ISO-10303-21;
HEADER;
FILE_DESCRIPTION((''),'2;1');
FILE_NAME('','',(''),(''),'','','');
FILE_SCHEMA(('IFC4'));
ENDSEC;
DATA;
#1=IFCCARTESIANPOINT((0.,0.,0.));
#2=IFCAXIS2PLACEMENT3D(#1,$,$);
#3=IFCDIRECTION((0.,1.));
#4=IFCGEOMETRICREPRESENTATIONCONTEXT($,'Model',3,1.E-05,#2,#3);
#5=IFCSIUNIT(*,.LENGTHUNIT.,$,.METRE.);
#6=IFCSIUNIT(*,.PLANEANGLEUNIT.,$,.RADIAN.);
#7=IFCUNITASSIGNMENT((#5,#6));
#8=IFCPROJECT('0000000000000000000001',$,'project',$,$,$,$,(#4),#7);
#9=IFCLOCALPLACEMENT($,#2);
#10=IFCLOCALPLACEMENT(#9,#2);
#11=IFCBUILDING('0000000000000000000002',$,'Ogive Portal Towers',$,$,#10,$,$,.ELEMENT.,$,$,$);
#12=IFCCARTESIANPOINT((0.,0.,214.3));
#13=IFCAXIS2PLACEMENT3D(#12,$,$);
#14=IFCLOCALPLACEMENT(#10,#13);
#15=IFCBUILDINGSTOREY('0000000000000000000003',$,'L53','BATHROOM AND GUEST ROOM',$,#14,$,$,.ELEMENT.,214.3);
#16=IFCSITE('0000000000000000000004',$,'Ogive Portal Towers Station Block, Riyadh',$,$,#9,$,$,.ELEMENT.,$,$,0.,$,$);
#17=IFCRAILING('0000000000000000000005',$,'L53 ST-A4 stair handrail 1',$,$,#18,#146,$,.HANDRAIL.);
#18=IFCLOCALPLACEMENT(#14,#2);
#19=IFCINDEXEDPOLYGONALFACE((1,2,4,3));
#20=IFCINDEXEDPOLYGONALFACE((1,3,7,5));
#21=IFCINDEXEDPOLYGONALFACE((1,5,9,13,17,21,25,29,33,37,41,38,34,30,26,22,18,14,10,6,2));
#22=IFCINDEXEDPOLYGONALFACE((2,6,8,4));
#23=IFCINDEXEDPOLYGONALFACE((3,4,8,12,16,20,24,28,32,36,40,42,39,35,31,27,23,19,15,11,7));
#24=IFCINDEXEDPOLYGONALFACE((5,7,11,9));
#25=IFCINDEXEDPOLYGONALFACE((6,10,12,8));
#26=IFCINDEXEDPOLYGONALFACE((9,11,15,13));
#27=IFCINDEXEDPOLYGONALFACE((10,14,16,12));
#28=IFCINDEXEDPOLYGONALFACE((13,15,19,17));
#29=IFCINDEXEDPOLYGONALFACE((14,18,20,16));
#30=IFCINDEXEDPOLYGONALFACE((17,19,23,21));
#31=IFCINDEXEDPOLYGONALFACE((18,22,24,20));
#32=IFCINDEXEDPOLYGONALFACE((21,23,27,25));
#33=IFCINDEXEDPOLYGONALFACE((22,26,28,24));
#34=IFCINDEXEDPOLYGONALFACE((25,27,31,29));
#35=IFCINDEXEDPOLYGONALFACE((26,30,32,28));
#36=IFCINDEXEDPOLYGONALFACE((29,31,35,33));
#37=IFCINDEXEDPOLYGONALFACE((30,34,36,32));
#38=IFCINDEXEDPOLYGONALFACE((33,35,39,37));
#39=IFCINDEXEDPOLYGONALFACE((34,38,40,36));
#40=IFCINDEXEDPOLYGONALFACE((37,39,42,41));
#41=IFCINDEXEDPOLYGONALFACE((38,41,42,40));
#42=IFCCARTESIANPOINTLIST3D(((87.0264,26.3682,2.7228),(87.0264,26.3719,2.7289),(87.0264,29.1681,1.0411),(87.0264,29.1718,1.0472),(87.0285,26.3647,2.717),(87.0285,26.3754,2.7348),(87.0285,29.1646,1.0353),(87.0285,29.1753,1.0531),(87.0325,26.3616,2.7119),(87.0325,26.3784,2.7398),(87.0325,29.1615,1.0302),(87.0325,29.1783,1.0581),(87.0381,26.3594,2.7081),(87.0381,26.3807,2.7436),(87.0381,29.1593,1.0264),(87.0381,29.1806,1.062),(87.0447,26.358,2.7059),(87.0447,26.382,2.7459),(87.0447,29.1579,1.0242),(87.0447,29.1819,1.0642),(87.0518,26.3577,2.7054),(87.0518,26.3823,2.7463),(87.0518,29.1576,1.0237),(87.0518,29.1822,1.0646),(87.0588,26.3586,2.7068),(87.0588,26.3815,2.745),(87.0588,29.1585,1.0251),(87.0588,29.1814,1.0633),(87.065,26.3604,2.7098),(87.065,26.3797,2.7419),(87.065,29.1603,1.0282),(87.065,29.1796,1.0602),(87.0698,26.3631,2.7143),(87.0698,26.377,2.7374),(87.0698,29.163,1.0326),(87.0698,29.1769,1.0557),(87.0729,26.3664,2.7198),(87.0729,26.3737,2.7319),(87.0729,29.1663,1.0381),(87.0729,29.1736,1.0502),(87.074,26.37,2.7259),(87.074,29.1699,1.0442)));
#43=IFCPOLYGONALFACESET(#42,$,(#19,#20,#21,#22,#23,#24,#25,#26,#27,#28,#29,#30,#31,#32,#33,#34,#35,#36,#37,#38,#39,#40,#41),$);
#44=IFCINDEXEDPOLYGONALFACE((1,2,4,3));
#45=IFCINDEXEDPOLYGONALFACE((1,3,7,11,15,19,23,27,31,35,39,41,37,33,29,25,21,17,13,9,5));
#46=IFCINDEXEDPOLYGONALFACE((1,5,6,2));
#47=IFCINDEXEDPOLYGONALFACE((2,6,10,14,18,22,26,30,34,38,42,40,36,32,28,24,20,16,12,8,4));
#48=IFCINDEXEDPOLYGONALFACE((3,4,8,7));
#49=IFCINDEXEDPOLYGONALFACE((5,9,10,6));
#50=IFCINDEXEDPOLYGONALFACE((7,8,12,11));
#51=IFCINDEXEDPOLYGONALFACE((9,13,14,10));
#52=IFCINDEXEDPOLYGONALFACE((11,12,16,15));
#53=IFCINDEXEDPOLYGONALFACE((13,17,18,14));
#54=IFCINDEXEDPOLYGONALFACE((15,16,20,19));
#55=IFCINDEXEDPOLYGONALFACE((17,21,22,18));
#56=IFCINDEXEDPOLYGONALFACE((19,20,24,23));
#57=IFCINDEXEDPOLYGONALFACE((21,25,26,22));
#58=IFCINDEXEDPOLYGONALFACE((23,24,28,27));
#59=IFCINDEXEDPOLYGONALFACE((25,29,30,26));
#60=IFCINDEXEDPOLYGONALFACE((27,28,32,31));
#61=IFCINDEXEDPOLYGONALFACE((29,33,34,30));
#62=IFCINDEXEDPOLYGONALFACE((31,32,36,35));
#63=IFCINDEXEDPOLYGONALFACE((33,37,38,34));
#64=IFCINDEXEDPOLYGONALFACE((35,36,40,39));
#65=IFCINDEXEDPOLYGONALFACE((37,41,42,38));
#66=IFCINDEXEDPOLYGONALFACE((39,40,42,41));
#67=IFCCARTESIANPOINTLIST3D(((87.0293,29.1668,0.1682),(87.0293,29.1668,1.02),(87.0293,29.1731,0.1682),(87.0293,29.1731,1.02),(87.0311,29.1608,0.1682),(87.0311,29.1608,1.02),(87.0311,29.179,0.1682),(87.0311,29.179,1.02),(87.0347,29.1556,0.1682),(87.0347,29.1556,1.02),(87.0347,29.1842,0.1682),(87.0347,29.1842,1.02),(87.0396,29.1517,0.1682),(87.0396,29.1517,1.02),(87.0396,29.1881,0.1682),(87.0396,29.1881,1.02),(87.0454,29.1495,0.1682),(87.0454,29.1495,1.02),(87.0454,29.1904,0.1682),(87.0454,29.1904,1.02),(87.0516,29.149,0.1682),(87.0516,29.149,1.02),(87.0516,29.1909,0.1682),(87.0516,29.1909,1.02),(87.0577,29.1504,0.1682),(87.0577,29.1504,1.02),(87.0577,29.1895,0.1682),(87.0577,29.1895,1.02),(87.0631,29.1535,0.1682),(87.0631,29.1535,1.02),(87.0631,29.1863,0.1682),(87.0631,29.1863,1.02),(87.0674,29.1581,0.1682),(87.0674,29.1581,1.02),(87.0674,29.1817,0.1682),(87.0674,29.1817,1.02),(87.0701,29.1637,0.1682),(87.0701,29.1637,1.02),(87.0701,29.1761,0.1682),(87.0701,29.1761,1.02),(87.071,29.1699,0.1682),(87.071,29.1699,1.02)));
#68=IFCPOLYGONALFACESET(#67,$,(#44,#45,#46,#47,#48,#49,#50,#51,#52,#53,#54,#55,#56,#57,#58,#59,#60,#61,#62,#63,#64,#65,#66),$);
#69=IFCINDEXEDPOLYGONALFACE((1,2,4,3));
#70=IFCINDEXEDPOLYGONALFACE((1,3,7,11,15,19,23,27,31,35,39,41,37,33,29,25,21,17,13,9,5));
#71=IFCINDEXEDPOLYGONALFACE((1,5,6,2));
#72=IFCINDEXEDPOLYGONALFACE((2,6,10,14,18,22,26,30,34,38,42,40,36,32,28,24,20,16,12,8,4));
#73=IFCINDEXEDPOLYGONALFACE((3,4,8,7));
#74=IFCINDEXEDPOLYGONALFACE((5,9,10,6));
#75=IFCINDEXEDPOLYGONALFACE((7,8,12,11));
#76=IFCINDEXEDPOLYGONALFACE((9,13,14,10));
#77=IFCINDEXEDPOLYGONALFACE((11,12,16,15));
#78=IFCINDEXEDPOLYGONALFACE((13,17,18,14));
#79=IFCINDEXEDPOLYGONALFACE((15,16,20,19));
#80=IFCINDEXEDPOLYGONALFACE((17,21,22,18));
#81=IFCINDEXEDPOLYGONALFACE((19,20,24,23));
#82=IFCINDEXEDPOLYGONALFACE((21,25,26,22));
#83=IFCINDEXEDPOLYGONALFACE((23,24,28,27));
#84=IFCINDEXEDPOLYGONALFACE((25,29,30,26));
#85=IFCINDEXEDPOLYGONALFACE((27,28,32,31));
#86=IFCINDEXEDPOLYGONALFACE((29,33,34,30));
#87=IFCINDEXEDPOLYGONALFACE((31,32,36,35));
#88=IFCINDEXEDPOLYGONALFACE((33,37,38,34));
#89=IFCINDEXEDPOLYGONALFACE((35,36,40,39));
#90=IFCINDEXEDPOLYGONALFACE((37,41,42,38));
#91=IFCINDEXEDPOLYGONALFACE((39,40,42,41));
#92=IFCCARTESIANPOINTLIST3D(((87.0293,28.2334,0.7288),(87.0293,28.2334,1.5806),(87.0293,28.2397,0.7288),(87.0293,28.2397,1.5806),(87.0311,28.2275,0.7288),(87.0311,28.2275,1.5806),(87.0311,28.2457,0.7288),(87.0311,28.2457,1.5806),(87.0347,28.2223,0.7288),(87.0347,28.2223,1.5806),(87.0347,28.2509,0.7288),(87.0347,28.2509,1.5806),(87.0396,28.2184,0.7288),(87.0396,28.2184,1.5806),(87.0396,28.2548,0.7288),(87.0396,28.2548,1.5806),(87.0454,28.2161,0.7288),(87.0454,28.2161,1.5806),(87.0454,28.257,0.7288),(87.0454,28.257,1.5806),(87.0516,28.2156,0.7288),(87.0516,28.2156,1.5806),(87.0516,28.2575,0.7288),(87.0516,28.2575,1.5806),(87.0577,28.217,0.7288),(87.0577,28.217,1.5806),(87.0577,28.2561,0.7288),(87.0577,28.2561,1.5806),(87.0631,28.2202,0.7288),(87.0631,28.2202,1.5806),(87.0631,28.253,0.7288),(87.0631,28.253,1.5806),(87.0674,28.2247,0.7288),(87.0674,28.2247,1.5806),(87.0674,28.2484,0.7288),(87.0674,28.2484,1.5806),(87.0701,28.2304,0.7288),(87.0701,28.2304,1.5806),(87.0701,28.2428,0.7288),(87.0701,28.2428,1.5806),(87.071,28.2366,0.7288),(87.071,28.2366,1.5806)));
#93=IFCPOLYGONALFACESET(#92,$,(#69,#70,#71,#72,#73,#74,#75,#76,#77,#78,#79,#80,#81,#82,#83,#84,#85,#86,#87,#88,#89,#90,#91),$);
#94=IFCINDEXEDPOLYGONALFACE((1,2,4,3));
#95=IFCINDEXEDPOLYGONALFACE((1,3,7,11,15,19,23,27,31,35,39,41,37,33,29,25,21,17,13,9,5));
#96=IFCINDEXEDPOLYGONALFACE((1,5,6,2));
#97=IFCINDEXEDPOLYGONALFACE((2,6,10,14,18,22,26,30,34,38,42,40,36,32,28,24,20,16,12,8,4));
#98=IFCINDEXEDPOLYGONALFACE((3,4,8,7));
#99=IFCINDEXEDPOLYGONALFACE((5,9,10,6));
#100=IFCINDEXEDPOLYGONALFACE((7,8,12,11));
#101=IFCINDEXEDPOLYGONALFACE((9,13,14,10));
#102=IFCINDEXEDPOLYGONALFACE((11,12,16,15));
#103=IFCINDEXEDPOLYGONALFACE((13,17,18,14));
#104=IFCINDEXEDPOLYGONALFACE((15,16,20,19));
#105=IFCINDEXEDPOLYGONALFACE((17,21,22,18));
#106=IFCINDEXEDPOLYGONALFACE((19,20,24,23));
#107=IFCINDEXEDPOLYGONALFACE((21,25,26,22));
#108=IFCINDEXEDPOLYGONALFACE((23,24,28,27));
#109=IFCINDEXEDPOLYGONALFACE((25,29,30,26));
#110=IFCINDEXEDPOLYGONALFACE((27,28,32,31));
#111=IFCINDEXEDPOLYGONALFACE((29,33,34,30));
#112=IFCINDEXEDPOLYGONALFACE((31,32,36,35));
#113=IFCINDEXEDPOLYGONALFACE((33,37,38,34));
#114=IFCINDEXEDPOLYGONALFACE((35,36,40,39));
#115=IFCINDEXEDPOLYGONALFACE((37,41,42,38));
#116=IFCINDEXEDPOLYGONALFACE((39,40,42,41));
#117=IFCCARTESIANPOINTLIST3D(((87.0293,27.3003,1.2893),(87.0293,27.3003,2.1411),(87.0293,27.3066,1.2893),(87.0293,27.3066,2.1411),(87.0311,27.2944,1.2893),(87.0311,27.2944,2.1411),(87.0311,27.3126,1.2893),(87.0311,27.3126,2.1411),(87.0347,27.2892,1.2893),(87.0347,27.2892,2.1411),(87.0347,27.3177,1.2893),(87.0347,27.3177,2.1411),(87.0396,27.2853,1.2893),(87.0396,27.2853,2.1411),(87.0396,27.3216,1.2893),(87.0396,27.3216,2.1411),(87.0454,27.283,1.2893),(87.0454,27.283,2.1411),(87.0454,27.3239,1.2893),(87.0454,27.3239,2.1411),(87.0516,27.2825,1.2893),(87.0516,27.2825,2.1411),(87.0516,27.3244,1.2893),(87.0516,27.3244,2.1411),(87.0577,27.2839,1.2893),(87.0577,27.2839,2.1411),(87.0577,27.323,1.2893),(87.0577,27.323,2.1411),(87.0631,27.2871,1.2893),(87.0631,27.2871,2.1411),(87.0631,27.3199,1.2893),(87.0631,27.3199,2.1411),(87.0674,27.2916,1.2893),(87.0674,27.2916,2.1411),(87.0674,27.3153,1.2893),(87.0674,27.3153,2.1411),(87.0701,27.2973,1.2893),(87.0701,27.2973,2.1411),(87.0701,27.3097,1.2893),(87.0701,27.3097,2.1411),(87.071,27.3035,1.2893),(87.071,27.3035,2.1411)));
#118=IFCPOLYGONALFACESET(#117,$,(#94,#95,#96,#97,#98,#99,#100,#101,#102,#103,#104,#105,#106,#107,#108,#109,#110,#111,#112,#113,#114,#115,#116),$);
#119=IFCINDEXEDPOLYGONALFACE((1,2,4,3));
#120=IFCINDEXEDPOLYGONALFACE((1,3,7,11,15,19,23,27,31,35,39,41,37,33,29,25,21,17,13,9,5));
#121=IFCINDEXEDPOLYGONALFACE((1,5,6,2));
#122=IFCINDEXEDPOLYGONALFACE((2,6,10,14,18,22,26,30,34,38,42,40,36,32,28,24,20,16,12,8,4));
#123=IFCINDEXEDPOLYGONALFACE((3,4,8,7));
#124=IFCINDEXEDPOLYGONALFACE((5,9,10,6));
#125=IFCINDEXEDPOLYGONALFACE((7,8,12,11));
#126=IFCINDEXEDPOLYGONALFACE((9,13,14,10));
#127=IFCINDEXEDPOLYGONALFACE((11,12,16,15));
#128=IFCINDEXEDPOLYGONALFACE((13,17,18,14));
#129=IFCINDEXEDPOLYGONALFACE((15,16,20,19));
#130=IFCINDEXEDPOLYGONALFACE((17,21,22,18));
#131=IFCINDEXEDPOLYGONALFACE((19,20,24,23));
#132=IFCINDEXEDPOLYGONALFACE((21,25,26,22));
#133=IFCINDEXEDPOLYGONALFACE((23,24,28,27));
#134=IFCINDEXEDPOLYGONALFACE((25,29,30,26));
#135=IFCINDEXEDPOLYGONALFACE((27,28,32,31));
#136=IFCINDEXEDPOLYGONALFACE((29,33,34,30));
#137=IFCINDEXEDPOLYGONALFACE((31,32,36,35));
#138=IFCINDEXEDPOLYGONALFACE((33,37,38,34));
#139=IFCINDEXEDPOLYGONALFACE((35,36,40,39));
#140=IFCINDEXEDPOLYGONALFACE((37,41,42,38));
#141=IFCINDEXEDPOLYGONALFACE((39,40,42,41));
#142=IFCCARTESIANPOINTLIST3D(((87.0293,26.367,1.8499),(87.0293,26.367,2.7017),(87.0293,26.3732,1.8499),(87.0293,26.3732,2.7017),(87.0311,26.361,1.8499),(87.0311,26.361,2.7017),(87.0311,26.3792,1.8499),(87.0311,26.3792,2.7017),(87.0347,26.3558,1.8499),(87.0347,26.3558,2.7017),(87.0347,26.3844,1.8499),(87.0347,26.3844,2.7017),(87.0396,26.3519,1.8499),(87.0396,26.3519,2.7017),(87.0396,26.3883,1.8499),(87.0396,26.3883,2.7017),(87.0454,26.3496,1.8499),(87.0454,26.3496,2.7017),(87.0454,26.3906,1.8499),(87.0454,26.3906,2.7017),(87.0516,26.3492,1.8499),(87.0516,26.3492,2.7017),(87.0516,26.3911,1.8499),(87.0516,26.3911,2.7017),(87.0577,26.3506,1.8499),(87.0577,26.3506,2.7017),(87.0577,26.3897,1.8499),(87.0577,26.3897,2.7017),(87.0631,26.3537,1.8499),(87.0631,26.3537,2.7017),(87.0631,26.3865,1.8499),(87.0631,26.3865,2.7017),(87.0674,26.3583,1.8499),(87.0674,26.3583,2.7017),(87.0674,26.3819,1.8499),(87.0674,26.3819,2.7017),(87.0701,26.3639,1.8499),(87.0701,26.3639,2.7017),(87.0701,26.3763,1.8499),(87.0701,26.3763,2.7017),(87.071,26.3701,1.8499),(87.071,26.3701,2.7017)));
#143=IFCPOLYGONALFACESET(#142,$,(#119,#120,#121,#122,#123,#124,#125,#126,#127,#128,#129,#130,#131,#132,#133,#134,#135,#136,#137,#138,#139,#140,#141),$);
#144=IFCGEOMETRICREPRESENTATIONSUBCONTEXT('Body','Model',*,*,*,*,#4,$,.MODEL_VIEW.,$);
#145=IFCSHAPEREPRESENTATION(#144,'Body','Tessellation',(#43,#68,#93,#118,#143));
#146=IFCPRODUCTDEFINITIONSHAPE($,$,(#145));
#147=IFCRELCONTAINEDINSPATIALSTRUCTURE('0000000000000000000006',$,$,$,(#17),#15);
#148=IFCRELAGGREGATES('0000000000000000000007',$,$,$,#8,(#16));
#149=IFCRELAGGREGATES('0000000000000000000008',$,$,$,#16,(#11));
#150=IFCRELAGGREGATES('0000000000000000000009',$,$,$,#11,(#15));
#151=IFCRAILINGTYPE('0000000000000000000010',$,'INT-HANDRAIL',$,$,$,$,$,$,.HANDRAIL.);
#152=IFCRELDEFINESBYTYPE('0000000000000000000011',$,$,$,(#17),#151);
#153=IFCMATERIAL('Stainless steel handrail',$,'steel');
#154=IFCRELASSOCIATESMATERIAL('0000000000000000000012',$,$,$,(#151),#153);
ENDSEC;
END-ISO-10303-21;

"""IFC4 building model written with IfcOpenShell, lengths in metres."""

from ifc_helpers import new_model, si_unit, direction, frame, origin, origin_2d, place, context, subcontext, project, spatial, circle, extrude, material, type_object, element, save


model = new_model("IFC4")

# Units and contexts
model_context = context("Model", 3, precision=1e-05, world=origin(), true_north=direction((0.0, 1.0)))
body_context = subcontext(model_context, "Body", "Model", "MODEL_VIEW")
ifc_project = project(units=[si_unit("LENGTHUNIT", "METRE"), si_unit("PLANEANGLEUNIT", "RADIAN")], contexts=[model_context])

# Site, building, storey
site_placement = place(None, origin())
site = spatial("IfcSite", under=ifc_project, at=site_placement, Name="Ogive Portal Towers Station Block, Riyadh", CompositionType="ELEMENT", RefElevation=0.0)
building_placement = place(site_placement, origin())
building = spatial("IfcBuilding", under=site, at=building_placement, Name="Ogive Portal Towers", CompositionType="ELEMENT")
storey_placement = place(building_placement, frame((0.0, 0.0, 214.3)))
storey = spatial("IfcBuildingStorey", under=building, at=storey_placement, Name="L53", Description="BATHROOM AND GUEST ROOM", CompositionType="ELEMENT", Elevation=214.3)

# Railing
ifc_material_1 = material(Name="Stainless steel handrail", Category="steel")
railing_type = type_object("IfcRailingType", Name="INT-HANDRAIL", PredefinedType="HANDRAIL", material=ifc_material_1)
railing_placement = place(storey_placement, frame((87.05, 29.1699, 0.1682)))
element("IfcRailing", 1, at=railing_placement, inside=storey, type_object=railing_type, Name="L53 ST-A4 stair handrail 1", PredefinedType="HANDRAIL", context=body_context, shape_type="SweptSolid", body=[
    extrude(circle(Radius=0.0239, at=origin_2d()), frame((0.0, 0.0, 0.876), z_axis=(0.0, -0.857255, 0.514891), x_axis=(1.0, 0.0, 0.0)), (0.0, 0.0, 1.0), 3.2661),
    extrude(circle(Radius=0.021, at=origin_2d()), origin(), (0.0, 0.0, 1.0), 0.8518),
    extrude(circle(Radius=0.021, at=origin_2d()), frame((0.0, -0.9333, 0.5605)), (0.0, 0.0, 1.0), 0.8518),
    extrude(circle(Radius=0.021, at=origin_2d()), frame((0.0, -1.8665, 1.1211)), (0.0, 0.0, 1.0), 0.8518),
    extrude(circle(Radius=0.021, at=origin_2d()), frame((0.0, -2.7998, 1.6816)), (0.0, 0.0, 1.0), 0.8518),
])

save(model, "model.ifc")
